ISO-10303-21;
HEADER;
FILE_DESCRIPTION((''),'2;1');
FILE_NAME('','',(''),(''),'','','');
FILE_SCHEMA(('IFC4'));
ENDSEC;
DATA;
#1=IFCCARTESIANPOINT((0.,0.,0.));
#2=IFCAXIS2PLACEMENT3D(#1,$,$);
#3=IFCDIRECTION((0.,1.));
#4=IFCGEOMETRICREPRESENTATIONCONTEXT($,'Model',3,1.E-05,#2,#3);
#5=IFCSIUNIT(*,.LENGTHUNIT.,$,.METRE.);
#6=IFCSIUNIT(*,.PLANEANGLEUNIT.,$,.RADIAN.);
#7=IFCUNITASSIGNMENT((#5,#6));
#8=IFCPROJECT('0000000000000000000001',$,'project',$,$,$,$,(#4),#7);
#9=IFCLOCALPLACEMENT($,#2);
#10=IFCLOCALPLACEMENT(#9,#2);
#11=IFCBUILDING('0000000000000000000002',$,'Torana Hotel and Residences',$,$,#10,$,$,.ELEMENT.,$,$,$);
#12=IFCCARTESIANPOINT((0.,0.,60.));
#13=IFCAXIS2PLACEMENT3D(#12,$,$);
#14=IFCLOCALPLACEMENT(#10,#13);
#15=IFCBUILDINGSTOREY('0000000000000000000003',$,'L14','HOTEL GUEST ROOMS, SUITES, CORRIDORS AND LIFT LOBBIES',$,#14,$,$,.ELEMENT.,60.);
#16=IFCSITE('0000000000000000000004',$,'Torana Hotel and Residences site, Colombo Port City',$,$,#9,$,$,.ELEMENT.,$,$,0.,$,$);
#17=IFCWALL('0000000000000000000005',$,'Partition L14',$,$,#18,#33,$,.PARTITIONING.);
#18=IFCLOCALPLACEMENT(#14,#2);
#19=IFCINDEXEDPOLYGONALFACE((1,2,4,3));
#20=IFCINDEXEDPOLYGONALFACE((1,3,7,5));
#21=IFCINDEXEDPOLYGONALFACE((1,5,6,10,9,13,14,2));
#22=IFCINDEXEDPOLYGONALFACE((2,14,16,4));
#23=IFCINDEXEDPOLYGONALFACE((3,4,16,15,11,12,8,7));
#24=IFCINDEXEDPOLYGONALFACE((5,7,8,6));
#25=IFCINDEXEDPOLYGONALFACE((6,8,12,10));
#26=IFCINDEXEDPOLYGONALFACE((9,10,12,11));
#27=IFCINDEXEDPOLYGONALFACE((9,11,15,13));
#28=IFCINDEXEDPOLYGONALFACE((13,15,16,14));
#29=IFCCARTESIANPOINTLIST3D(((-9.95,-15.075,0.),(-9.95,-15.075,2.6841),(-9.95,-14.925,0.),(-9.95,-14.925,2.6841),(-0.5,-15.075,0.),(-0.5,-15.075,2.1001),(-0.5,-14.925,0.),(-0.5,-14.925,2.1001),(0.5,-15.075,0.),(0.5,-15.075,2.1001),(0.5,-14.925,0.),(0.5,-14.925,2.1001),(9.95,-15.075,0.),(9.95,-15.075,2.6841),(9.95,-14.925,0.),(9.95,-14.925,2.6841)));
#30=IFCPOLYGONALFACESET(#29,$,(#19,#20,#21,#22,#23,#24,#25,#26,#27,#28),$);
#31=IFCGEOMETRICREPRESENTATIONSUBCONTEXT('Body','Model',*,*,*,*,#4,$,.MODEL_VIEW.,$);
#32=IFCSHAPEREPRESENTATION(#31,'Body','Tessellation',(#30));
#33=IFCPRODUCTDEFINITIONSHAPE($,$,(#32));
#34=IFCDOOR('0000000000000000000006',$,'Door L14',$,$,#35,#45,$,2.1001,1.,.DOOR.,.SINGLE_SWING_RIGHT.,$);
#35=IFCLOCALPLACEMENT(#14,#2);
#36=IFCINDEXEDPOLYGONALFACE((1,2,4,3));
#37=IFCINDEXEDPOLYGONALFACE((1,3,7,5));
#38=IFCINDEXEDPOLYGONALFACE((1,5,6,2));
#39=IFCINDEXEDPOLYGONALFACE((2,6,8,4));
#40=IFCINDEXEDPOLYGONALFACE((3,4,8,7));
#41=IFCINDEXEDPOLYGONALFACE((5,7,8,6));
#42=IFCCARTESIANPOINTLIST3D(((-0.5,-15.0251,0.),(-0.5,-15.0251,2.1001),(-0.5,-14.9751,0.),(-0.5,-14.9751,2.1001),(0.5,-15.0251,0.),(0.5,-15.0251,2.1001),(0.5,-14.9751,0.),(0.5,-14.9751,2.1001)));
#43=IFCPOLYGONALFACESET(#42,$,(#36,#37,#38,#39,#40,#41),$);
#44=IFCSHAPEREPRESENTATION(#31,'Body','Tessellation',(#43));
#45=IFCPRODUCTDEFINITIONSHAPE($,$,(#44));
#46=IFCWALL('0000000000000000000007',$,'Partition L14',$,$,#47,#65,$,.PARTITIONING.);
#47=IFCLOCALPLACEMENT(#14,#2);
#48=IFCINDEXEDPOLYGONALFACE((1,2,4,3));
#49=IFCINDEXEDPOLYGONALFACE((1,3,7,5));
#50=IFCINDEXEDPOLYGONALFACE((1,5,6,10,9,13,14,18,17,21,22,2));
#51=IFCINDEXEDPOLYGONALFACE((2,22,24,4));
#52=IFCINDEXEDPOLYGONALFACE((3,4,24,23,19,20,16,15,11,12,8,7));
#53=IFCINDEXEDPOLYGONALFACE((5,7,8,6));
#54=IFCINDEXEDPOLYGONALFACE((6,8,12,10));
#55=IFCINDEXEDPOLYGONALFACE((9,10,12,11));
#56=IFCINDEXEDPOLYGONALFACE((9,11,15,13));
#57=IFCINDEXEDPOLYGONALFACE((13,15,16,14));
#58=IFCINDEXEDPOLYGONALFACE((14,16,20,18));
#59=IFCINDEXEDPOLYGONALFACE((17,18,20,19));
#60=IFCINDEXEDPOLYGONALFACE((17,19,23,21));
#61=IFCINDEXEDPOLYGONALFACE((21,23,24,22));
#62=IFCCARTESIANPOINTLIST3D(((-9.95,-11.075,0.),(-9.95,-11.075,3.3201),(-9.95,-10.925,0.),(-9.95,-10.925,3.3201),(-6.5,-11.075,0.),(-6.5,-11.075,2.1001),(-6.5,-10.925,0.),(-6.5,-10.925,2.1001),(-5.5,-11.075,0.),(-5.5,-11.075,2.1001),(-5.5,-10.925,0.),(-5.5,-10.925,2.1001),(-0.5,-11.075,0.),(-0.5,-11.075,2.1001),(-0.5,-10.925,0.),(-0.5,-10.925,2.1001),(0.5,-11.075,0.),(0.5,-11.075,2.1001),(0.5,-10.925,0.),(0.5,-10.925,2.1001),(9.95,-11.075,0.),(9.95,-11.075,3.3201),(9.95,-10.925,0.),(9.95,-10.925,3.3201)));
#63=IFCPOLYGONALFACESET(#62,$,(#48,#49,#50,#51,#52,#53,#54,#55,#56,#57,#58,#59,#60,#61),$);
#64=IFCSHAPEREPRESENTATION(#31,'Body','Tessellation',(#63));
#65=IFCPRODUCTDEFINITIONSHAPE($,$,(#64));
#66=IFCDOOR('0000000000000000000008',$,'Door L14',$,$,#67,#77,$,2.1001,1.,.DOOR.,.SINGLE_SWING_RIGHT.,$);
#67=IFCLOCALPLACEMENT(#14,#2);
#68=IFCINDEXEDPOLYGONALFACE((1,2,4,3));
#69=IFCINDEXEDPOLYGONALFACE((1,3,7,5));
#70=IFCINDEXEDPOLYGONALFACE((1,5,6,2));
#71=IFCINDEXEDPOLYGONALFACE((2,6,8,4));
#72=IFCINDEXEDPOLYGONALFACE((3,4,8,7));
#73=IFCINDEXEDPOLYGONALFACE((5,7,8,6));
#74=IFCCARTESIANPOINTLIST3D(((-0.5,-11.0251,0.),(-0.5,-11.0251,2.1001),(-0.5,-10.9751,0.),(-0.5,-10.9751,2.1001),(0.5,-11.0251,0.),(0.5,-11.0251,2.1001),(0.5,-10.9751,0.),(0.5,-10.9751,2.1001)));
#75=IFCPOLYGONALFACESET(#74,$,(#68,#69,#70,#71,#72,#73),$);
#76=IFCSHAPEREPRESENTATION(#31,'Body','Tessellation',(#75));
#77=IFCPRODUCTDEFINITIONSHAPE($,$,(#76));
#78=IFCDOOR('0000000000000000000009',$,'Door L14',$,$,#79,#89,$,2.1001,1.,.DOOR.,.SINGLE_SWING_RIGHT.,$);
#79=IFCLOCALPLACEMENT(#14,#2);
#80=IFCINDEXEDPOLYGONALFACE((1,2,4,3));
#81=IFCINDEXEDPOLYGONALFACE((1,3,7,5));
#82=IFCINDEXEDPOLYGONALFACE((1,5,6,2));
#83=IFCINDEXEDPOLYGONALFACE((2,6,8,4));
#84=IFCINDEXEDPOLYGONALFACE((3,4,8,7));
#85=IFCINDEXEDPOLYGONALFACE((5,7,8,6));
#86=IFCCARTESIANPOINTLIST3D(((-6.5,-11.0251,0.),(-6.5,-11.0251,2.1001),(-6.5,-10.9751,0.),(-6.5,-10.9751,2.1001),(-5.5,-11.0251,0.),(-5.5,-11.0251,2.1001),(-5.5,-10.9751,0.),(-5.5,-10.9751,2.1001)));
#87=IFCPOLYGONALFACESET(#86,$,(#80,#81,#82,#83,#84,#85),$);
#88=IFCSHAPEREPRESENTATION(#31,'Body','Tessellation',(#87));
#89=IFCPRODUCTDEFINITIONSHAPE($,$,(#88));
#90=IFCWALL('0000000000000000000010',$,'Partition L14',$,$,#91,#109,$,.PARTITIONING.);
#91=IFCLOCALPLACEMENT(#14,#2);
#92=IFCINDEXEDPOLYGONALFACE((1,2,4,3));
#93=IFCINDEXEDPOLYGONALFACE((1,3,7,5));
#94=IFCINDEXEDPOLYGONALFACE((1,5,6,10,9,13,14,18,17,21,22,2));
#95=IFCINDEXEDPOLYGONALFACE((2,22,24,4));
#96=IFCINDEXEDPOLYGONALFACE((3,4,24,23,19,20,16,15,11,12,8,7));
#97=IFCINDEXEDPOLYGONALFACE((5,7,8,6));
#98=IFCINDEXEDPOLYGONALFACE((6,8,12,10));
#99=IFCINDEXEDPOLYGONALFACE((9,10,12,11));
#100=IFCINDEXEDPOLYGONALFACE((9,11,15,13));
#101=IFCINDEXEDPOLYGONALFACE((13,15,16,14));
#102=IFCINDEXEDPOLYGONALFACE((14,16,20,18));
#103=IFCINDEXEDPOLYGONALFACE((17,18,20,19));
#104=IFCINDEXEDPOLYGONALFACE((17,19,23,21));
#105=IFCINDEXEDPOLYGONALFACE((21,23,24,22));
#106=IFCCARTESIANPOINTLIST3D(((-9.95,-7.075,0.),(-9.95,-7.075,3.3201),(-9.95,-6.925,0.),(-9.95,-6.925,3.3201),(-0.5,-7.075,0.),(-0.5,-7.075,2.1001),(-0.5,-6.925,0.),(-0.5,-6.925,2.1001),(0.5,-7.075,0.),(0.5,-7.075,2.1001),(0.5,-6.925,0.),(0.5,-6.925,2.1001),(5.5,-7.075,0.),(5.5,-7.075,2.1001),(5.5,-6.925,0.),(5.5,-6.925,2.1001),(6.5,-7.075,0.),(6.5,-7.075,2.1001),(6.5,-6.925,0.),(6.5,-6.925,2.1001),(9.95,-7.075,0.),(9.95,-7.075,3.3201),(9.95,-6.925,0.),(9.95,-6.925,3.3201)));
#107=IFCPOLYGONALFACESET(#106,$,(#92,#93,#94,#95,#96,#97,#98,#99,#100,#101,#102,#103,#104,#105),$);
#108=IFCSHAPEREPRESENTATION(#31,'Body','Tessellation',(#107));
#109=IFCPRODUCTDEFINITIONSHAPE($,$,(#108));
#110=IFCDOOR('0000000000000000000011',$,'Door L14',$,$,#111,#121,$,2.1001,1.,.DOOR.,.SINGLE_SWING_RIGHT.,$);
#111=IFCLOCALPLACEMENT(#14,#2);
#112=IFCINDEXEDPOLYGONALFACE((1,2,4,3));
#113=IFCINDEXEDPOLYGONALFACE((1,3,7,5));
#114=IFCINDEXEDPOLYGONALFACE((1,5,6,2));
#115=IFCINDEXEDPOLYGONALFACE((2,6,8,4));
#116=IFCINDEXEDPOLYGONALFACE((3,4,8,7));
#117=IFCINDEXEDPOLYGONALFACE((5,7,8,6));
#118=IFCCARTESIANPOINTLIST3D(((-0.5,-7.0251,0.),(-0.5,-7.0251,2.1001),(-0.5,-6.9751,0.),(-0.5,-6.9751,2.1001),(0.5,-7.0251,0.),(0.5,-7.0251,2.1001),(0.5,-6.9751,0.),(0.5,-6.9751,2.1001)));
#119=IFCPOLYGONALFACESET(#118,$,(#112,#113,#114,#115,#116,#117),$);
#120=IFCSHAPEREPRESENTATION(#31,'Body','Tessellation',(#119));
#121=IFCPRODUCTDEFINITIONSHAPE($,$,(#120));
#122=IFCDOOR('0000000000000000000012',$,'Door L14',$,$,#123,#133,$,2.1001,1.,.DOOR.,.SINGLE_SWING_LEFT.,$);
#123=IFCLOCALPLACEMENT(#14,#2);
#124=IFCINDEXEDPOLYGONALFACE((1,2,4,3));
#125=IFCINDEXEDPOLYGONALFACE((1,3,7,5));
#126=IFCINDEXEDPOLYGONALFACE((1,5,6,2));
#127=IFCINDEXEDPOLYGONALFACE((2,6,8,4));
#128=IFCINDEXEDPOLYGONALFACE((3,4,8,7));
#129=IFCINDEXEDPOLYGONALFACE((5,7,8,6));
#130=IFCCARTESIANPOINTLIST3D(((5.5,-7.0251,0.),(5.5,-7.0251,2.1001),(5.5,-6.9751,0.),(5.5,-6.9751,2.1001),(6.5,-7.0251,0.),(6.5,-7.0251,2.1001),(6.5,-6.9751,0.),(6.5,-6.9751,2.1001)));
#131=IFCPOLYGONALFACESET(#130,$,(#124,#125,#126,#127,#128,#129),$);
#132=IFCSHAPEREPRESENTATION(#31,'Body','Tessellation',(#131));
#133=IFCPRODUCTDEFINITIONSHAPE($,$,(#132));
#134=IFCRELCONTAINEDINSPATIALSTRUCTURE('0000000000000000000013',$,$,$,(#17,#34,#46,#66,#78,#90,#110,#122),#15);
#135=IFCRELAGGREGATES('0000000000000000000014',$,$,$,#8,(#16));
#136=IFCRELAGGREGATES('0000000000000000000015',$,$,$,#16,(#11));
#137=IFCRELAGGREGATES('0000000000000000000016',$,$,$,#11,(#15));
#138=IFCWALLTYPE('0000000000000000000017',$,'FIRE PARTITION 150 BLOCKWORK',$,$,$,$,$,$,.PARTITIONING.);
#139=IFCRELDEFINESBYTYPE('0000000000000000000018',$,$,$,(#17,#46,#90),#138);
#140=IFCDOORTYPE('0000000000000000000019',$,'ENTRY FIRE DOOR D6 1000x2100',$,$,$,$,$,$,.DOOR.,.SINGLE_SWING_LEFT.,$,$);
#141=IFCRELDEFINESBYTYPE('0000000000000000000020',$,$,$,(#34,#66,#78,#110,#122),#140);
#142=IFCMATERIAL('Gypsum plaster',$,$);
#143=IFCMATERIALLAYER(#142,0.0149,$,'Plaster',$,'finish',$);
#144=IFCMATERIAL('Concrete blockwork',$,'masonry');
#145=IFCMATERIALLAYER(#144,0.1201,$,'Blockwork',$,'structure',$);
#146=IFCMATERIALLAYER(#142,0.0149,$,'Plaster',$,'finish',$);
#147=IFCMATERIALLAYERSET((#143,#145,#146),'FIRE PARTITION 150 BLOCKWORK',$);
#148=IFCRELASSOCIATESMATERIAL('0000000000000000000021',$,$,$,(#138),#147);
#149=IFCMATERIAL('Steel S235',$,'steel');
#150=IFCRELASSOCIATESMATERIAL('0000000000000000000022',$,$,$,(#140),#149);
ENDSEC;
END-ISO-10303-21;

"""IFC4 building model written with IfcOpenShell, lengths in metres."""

from ifc_helpers import new_model, si_unit, direction, frame, frame_2d, origin, place, context, subcontext, project, spatial, rectangle, extrude, material, layer, layer_set, type_object, element, fill, save


model = new_model("IFC4")

# Units and contexts
model_context = context("Model", 3, precision=1e-05, world=origin(), true_north=direction((0.0, 1.0)))
body_context = subcontext(model_context, "Body", "Model", "MODEL_VIEW")
ifc_project = project(units=[si_unit("LENGTHUNIT", "METRE"), si_unit("PLANEANGLEUNIT", "RADIAN")], contexts=[model_context])

# Site, building, storey
site_placement = place(None, origin())
site = spatial("IfcSite", under=ifc_project, at=site_placement, Name="Torana Hotel and Residences site, Colombo Port City", CompositionType="ELEMENT", RefElevation=0.0)
building_placement = place(site_placement, origin())
building = spatial("IfcBuilding", under=site, at=building_placement, Name="Torana Hotel and Residences", CompositionType="ELEMENT")
storey_placement = place(building_placement, frame((0.0, 0.0, 60.0)))
storey = spatial("IfcBuildingStorey", under=building, at=storey_placement, Name="L14", Description="HOTEL GUEST ROOMS, SUITES, CORRIDORS AND LIFT LOBBIES", CompositionType="ELEMENT", Elevation=60.0)

# Shared definitions
ifc_material_1 = material(Name="Gypsum plaster")
ifc_layer_1 = layer(ifc_material_1, 0.0149, Name="Plaster", Category="finish")
ifc_material_2 = material(Name="Concrete blockwork", Category="masonry")
ifc_layer_2 = layer(ifc_material_2, 0.1201, Name="Blockwork", Category="structure")
ifc_layer_3 = layer(ifc_material_1, 0.0149, Name="Plaster", Category="finish")
ifc_layer_set_1 = layer_set([ifc_layer_1, ifc_layer_2, ifc_layer_3], Name="FIRE PARTITION 150 BLOCKWORK")
wall_type_1 = type_object("IfcWallType", Name="FIRE PARTITION 150 BLOCKWORK", PredefinedType="PARTITIONING", material=ifc_layer_set_1)

# Wall, opening, door
wall_1_placement = place(storey_placement, frame((-9.95, -15.0, 0.0), z_axis=(0.0, 0.0, 1.0), x_axis=(1.0, 0.0, 0.0)))
wall_1 = element("IfcWall", 1, at=wall_1_placement, inside=storey, type_object=wall_type_1, Name="Partition L14", PredefinedType="PARTITIONING", context=body_context, shape_type="SweptSolid", body=[
    extrude(rectangle(XDim=19.8999, YDim=0.1499, at=frame_2d((9.95, 0.0))), origin(), (0.0, 0.0, 1.0), 2.6841),
])
opening_1_placement = place(wall_1_placement, frame((9.45, 0.0, 0.0)))
opening_1 = element("IfcOpeningElement", 2, at=opening_1_placement, cuts=wall_1, PredefinedType="OPENING", context=body_context, shape_type="SweptSolid", body=[
    extrude(rectangle(XDim=1.0, YDim=2.1001, at=frame_2d((0.5, 1.05))), frame((0.0, 0.085, 0.0), z_axis=(0.0, -1.0, 0.0), x_axis=(1.0, 0.0, 0.0)), (0.0, 0.0, 1.0), 0.1699),
])
ifc_material_3 = material(Name="Steel S235", Category="steel")
door_type = type_object("IfcDoorType", Name="ENTRY FIRE DOOR D6 1000x2100", OperationType="SINGLE_SWING_LEFT", PredefinedType="DOOR", material=ifc_material_3)
door_1_placement = place(opening_1_placement, origin())
door_1 = element("IfcDoor", 3, at=door_1_placement, inside=storey, type_object=door_type, Name="Door L14", OperationType="SINGLE_SWING_RIGHT", OverallHeight=2.1001, OverallWidth=1.0, PredefinedType="DOOR", context=body_context, shape_type="SweptSolid", body=[
    extrude(rectangle(XDim=1.0, YDim=2.1001, at=frame_2d((0.5, 1.05))), frame((0.0, 0.0249, 0.0), z_axis=(0.0, -1.0, 0.0), x_axis=(1.0, 0.0, 0.0)), (0.0, 0.0, 1.0), 0.05),
])
fill(opening_1, door_1)

# Walls, openings, doors
wall_2_placement = place(storey_placement, frame((-9.95, -11.0, 0.0), z_axis=(0.0, 0.0, 1.0), x_axis=(1.0, 0.0, 0.0)))
wall_2 = element("IfcWall", 4, at=wall_2_placement, inside=storey, type_object=wall_type_1, Name="Partition L14", PredefinedType="PARTITIONING", context=body_context, shape_type="SweptSolid", body=[
    extrude(rectangle(XDim=19.8999, YDim=0.1499, at=frame_2d((9.95, 0.0))), origin(), (0.0, 0.0, 1.0), 3.3201),
])
opening_2_placement = place(wall_2_placement, frame((9.45, 0.0, 0.0)))
opening_2 = element("IfcOpeningElement", 5, at=opening_2_placement, cuts=wall_2, PredefinedType="OPENING", context=body_context, shape_type="SweptSolid", body=[
    extrude(rectangle(XDim=1.0, YDim=2.1001, at=frame_2d((0.5, 1.05))), frame((0.0, 0.085, 0.0), z_axis=(0.0, -1.0, 0.0), x_axis=(1.0, 0.0, 0.0)), (0.0, 0.0, 1.0), 0.1699),
])
opening_3_placement = place(wall_2_placement, frame((3.45, 0.0, 0.0)))
opening_3 = element("IfcOpeningElement", 6, at=opening_3_placement, cuts=wall_2, PredefinedType="OPENING", context=body_context, shape_type="SweptSolid", body=[
    extrude(rectangle(XDim=1.0, YDim=2.1001, at=frame_2d((0.5, 1.05))), frame((0.0, 0.085, 0.0), z_axis=(0.0, -1.0, 0.0), x_axis=(1.0, 0.0, 0.0)), (0.0, 0.0, 1.0), 0.1699),
])
door_2_placement = place(opening_2_placement, origin())
door_2 = element("IfcDoor", 7, at=door_2_placement, inside=storey, type_object=door_type, Name="Door L14", OperationType="SINGLE_SWING_RIGHT", OverallHeight=2.1001, OverallWidth=1.0, PredefinedType="DOOR", context=body_context, shape_type="SweptSolid", body=[
    extrude(rectangle(XDim=1.0, YDim=2.1001, at=frame_2d((0.5, 1.05))), frame((0.0, 0.0249, 0.0), z_axis=(0.0, -1.0, 0.0), x_axis=(1.0, 0.0, 0.0)), (0.0, 0.0, 1.0), 0.05),
])
fill(opening_2, door_2)
door_3_placement = place(opening_3_placement, origin())
door_3 = element("IfcDoor", 8, at=door_3_placement, inside=storey, type_object=door_type, Name="Door L14", OperationType="SINGLE_SWING_RIGHT", OverallHeight=2.1001, OverallWidth=1.0, PredefinedType="DOOR", context=body_context, shape_type="SweptSolid", body=[
    extrude(rectangle(XDim=1.0, YDim=2.1001, at=frame_2d((0.5, 1.05))), frame((0.0, 0.0249, 0.0), z_axis=(0.0, -1.0, 0.0), x_axis=(1.0, 0.0, 0.0)), (0.0, 0.0, 1.0), 0.05),
])
fill(opening_3, door_3)
wall_3_placement = place(storey_placement, frame((-9.95, -7.0, 0.0), z_axis=(0.0, 0.0, 1.0), x_axis=(1.0, 0.0, 0.0)))
wall_3 = element("IfcWall", 9, at=wall_3_placement, inside=storey, type_object=wall_type_1, Name="Partition L14", PredefinedType="PARTITIONING", context=body_context, shape_type="SweptSolid", body=[
    extrude(rectangle(XDim=19.8999, YDim=0.1499, at=frame_2d((9.95, 0.0))), origin(), (0.0, 0.0, 1.0), 3.3201),
])
opening_4_placement = place(wall_3_placement, frame((9.45, 0.0, 0.0)))
opening_4 = element("IfcOpeningElement", 10, at=opening_4_placement, cuts=wall_3, PredefinedType="OPENING", context=body_context, shape_type="SweptSolid", body=[
    extrude(rectangle(XDim=1.0, YDim=2.1001, at=frame_2d((0.5, 1.05))), frame((0.0, 0.085, 0.0), z_axis=(0.0, -1.0, 0.0), x_axis=(1.0, 0.0, 0.0)), (0.0, 0.0, 1.0), 0.1699),
])
opening_5_placement = place(wall_3_placement, frame((15.45, 0.0, 0.0)))
opening_5 = element("IfcOpeningElement", 11, at=opening_5_placement, cuts=wall_3, PredefinedType="OPENING", context=body_context, shape_type="SweptSolid", body=[
    extrude(rectangle(XDim=1.0, YDim=2.1001, at=frame_2d((0.5, 1.05))), frame((0.0, 0.085, 0.0), z_axis=(0.0, -1.0, 0.0), x_axis=(1.0, 0.0, 0.0)), (0.0, 0.0, 1.0), 0.1699),
])
door_4_placement = place(opening_4_placement, origin())
door_4 = element("IfcDoor", 12, at=door_4_placement, inside=storey, type_object=door_type, Name="Door L14", OperationType="SINGLE_SWING_RIGHT", OverallHeight=2.1001, OverallWidth=1.0, PredefinedType="DOOR", context=body_context, shape_type="SweptSolid", body=[
    extrude(rectangle(XDim=1.0, YDim=2.1001, at=frame_2d((0.5, 1.05))), frame((0.0, 0.0249, 0.0), z_axis=(0.0, -1.0, 0.0), x_axis=(1.0, 0.0, 0.0)), (0.0, 0.0, 1.0), 0.05),
])
fill(opening_4, door_4)
door_5_placement = place(opening_5_placement, frame((0.5, 0.0, 0.0), z_axis=(0.0, 0.0, 1.0), x_axis=(-1.0, 0.0, 0.0)))
door_5 = element("IfcDoor", 13, at=door_5_placement, inside=storey, type_object=door_type, Name="Door L14", OperationType="SINGLE_SWING_LEFT", OverallHeight=2.1001, OverallWidth=1.0, PredefinedType="DOOR", context=body_context, shape_type="SweptSolid", body=[
    extrude(rectangle(XDim=1.0, YDim=2.1001, at=frame_2d((0.0, 1.05))), frame((0.0, -0.0249, 0.0), z_axis=(0.0, 1.0, 0.0), x_axis=(-1.0, 0.0, 0.0)), (0.0, 0.0, 1.0), 0.05),
])
fill(opening_5, door_5)

save(model, "model.ifc")
